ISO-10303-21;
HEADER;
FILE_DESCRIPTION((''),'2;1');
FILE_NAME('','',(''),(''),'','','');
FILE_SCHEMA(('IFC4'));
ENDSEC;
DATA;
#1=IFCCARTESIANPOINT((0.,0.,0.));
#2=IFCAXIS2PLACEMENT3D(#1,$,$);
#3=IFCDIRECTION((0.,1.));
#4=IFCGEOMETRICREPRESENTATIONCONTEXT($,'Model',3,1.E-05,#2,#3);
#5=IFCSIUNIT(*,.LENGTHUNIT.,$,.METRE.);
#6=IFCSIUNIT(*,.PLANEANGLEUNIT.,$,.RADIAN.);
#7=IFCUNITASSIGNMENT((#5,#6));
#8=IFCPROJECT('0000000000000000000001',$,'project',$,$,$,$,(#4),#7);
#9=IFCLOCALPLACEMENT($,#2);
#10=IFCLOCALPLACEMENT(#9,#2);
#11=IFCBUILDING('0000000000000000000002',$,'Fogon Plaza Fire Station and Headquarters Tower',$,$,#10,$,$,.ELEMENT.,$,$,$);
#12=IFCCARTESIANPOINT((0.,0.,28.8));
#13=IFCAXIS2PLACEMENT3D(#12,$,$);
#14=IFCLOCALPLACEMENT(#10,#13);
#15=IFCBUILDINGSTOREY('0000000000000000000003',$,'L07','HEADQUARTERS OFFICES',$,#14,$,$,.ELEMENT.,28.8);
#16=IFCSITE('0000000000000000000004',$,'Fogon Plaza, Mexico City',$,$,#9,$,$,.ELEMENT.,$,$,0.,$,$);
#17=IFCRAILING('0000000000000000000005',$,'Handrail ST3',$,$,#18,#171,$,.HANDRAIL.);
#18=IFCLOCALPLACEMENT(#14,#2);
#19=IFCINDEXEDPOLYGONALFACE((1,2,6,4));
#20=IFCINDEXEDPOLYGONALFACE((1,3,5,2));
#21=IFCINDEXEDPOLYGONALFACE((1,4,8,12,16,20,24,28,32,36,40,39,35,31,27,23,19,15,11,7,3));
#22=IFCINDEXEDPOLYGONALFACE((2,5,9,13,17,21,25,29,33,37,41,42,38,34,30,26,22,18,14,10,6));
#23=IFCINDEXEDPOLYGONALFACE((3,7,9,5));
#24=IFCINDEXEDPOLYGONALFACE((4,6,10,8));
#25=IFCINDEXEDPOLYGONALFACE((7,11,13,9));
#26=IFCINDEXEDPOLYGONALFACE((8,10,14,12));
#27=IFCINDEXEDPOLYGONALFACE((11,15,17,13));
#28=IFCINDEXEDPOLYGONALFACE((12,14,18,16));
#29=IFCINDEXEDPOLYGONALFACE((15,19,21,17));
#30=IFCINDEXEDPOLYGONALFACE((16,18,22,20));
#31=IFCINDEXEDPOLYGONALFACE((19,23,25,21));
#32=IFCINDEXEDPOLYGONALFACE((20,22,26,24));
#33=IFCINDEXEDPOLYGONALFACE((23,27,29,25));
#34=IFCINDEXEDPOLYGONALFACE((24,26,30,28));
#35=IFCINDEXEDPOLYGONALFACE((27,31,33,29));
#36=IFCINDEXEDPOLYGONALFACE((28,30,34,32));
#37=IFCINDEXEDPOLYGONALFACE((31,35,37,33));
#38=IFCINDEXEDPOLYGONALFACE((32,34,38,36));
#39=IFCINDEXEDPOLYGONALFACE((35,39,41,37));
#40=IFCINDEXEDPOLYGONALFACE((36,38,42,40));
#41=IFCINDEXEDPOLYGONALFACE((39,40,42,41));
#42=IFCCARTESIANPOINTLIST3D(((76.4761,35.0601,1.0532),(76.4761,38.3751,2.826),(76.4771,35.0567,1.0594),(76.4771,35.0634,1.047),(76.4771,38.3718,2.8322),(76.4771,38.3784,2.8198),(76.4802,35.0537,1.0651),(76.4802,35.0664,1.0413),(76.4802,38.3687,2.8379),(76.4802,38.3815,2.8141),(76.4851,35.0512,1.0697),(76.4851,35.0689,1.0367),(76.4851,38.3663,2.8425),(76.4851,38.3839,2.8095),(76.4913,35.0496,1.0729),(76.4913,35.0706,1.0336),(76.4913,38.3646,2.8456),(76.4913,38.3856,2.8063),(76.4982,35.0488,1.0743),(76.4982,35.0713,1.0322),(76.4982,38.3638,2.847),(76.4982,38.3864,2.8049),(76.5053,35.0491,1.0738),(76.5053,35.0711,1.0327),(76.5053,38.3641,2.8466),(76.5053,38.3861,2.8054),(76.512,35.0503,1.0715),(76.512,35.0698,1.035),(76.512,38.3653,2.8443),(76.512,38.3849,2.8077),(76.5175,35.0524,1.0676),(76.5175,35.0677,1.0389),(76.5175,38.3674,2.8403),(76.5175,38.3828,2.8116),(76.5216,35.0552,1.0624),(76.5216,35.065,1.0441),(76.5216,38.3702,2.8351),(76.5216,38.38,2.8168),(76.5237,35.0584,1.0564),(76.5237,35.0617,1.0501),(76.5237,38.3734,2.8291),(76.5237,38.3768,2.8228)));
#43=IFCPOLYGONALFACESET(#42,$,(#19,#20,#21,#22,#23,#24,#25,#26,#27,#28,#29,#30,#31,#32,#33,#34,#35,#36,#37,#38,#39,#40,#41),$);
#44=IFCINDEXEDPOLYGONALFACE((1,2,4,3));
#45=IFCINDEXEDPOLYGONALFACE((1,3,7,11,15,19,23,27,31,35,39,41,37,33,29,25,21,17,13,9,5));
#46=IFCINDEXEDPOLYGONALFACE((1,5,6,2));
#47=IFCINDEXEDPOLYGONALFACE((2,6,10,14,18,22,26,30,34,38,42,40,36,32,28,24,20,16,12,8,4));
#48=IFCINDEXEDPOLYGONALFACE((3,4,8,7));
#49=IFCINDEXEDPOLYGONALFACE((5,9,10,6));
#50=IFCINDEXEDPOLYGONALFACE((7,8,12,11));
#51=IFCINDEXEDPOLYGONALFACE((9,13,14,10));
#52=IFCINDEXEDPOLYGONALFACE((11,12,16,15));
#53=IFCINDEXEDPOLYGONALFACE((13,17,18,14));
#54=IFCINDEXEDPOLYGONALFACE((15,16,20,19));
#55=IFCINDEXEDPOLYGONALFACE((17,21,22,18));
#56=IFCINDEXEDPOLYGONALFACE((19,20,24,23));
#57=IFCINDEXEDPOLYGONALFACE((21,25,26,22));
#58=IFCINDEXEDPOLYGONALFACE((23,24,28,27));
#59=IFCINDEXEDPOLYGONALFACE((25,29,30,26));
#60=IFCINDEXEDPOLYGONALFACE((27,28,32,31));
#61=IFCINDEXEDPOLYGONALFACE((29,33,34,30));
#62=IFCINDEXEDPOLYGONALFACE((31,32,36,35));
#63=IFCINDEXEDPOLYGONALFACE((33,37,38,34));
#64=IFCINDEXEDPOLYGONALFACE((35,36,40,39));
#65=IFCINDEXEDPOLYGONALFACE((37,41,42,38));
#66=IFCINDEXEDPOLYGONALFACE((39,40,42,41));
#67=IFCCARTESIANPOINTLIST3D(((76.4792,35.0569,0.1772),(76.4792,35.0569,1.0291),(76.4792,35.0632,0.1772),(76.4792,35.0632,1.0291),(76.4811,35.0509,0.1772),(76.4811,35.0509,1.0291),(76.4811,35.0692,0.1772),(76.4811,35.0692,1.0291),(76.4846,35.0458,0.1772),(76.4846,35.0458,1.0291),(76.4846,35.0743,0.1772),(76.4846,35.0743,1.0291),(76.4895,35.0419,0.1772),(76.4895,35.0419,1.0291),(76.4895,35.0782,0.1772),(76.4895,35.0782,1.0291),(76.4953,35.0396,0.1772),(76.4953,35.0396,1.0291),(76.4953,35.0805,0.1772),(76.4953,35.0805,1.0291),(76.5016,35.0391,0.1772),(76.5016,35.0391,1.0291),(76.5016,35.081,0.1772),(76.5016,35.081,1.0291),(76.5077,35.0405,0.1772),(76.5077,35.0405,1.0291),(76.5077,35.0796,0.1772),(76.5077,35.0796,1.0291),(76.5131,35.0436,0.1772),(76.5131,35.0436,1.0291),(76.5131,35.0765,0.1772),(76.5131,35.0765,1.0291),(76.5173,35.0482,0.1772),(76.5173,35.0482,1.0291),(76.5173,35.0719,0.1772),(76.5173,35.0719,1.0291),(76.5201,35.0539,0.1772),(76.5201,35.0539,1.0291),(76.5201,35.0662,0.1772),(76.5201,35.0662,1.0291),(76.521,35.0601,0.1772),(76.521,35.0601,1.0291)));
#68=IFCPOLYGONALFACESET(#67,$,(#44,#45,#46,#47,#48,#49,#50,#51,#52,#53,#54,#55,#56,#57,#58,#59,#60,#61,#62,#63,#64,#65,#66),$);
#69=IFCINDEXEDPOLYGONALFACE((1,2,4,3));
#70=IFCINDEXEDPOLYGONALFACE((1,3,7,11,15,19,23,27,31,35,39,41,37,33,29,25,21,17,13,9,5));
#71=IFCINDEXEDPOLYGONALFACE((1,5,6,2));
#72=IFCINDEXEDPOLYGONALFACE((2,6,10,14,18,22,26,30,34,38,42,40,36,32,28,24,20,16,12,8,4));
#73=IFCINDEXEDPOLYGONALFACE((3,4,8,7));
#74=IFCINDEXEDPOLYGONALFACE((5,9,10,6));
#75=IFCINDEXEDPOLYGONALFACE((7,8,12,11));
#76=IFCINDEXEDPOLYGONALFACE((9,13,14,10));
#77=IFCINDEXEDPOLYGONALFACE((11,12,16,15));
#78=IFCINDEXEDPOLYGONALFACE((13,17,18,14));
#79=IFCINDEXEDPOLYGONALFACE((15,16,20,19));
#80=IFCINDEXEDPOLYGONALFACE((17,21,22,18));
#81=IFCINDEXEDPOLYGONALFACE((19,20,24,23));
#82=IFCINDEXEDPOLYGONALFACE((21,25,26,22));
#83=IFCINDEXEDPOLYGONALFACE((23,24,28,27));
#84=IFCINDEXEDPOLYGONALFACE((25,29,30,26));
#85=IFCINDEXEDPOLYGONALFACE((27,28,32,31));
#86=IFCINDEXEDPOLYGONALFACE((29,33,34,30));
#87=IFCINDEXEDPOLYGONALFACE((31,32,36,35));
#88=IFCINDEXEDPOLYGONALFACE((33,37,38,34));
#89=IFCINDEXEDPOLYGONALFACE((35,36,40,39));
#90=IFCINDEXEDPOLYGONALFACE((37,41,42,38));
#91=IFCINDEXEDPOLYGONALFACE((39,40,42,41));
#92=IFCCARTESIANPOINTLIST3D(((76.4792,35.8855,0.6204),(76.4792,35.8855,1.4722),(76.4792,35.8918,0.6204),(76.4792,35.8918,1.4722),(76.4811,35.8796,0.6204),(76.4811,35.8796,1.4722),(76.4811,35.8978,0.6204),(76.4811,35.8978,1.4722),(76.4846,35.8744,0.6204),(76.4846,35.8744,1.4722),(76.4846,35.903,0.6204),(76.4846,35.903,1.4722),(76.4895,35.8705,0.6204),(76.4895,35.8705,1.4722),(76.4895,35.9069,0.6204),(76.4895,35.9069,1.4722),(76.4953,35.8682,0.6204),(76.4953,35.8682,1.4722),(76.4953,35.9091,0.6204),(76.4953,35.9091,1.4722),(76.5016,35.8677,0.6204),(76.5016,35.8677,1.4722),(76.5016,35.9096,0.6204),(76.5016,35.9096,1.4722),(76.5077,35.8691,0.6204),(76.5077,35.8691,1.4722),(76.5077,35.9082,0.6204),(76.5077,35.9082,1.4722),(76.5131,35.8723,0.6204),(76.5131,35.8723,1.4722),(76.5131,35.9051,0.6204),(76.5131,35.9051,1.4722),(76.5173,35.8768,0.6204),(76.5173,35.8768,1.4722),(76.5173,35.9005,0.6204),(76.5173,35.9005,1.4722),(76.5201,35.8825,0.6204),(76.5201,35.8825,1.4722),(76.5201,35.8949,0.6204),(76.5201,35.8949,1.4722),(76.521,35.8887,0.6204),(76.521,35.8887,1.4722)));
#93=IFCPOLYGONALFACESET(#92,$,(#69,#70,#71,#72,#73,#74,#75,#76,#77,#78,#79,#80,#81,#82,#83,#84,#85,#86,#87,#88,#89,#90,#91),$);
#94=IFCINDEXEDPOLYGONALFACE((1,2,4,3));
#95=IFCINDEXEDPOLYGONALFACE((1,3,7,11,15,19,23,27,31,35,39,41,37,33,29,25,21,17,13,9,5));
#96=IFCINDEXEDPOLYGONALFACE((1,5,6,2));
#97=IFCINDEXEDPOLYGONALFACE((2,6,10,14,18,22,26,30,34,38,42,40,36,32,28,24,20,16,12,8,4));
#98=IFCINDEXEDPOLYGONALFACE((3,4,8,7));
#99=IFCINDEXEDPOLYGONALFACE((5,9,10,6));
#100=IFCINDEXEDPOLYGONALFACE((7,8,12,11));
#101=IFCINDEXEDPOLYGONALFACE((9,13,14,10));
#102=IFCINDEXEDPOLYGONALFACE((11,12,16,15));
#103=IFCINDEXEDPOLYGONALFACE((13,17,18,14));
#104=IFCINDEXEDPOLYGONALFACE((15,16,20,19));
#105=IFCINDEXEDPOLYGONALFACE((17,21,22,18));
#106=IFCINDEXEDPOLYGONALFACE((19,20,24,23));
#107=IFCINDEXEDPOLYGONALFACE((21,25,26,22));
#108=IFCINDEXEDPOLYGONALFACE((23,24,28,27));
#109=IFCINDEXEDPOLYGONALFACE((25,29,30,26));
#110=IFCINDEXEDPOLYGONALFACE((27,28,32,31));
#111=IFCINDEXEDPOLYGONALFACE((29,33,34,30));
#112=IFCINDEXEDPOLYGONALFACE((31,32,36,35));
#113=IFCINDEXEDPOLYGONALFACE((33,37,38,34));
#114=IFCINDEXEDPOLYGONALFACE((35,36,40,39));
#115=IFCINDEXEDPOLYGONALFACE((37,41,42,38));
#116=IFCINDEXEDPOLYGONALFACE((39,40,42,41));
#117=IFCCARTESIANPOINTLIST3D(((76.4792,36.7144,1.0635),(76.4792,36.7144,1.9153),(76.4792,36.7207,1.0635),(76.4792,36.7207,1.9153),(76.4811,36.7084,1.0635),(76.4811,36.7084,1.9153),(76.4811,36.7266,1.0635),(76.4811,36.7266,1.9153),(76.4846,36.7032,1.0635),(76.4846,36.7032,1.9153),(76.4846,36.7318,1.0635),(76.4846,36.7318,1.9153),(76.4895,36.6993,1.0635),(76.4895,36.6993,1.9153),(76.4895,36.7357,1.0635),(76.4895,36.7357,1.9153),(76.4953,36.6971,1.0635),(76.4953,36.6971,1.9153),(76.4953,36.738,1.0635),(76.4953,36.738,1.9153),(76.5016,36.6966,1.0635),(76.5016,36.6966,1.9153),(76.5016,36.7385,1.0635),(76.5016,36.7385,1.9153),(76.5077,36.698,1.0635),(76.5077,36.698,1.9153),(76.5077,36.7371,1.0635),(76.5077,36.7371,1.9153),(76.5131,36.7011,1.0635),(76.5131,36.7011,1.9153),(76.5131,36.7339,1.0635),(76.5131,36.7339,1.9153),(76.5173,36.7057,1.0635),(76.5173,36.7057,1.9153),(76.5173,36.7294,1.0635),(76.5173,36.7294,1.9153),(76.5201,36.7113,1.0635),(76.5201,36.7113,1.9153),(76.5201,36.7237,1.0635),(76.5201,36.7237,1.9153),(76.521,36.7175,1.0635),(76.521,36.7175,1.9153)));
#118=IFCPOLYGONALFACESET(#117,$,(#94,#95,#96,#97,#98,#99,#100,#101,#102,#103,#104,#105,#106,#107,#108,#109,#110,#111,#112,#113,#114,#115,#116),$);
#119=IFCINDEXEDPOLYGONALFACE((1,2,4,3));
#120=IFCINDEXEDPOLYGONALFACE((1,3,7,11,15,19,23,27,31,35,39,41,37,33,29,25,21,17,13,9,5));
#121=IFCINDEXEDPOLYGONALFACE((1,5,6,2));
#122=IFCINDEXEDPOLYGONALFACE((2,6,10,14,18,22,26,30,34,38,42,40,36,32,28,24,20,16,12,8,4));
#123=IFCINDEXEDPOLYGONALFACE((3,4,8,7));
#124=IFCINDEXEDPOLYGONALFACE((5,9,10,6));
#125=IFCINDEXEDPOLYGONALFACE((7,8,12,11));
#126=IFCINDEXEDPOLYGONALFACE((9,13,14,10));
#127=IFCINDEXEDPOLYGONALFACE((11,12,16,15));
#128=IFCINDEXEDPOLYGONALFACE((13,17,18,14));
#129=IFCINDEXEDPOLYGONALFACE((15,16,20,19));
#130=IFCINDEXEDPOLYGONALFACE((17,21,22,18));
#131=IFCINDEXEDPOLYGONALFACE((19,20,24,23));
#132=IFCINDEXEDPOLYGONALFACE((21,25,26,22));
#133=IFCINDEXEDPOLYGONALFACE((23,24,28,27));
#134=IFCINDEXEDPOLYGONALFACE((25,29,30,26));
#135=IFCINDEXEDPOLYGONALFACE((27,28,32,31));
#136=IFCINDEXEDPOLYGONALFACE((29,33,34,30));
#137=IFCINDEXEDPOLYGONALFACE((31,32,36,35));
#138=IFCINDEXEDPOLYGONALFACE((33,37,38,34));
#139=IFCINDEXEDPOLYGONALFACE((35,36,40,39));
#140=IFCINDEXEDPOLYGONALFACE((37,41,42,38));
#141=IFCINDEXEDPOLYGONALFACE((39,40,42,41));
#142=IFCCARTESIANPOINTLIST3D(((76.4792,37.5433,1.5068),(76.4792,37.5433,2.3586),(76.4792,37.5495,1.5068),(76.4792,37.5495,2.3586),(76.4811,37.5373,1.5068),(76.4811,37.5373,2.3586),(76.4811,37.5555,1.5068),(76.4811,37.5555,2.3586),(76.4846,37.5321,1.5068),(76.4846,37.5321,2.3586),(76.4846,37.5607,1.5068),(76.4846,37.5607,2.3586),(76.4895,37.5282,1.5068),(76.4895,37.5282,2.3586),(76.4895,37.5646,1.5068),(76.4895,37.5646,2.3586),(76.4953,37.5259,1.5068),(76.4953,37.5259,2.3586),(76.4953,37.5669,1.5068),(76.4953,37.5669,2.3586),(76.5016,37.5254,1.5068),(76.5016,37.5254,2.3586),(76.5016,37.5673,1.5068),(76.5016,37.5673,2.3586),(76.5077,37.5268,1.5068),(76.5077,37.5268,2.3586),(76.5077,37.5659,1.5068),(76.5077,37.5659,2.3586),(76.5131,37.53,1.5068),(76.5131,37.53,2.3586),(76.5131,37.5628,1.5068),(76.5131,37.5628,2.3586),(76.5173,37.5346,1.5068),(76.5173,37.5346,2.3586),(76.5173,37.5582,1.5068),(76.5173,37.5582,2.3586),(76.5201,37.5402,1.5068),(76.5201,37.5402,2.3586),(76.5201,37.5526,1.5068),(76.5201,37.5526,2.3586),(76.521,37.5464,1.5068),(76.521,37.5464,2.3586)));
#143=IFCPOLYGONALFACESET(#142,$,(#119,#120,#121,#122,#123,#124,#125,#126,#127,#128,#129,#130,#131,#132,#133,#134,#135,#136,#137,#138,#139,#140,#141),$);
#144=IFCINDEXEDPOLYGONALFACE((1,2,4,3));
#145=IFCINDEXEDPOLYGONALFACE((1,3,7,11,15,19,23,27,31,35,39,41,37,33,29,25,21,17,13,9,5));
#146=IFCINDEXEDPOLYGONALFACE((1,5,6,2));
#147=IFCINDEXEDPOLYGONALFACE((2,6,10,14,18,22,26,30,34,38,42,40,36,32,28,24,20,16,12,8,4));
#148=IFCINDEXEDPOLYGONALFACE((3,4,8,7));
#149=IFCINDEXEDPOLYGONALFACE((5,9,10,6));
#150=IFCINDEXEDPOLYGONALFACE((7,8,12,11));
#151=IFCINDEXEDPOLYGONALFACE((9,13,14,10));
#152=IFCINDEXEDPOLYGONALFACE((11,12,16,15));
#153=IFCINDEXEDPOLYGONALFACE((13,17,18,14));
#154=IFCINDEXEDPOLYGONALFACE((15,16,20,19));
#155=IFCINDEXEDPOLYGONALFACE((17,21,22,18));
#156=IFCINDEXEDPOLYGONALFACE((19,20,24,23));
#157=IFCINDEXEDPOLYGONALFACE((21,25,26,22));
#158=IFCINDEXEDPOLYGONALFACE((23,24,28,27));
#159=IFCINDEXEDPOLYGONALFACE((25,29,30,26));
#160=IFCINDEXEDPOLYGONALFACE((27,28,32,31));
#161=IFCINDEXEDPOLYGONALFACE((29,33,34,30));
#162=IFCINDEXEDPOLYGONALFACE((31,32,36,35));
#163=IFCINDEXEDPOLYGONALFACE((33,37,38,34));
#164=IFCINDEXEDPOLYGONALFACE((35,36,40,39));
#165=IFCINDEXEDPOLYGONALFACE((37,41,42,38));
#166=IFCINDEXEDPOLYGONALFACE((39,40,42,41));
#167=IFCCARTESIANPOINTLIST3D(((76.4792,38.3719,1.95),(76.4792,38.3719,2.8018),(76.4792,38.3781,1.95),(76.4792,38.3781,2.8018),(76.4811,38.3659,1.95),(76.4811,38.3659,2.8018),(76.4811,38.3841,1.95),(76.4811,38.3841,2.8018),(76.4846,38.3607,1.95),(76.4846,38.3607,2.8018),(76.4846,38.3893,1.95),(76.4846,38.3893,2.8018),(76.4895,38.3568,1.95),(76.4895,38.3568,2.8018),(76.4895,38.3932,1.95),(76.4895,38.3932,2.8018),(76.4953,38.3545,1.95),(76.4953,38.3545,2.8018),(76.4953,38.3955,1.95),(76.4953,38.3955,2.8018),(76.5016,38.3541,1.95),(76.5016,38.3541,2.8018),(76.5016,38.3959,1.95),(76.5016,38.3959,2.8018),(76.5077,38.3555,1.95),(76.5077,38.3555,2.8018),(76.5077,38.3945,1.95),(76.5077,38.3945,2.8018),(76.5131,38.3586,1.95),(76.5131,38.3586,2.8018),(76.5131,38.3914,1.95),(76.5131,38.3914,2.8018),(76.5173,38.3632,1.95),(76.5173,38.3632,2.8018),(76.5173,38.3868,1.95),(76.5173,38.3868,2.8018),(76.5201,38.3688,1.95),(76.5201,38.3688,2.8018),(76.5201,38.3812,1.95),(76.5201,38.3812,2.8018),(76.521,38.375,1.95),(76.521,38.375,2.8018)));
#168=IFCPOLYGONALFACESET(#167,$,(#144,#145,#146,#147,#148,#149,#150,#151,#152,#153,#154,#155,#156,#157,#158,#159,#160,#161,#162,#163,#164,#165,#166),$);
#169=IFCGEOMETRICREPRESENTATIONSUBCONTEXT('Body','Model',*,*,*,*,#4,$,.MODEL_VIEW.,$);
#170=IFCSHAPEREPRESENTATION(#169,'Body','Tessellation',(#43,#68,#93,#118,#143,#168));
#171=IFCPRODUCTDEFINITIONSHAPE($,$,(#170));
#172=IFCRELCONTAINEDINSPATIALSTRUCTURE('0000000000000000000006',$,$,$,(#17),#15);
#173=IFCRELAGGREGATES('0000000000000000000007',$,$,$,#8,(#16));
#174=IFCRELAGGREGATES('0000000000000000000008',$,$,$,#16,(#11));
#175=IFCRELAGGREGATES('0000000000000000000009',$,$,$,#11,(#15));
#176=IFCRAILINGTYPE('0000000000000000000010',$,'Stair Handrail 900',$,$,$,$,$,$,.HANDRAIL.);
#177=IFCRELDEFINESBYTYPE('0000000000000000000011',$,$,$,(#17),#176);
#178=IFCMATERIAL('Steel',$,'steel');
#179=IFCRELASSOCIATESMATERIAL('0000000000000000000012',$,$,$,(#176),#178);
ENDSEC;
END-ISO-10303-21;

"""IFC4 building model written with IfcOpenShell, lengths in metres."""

from ifc_helpers import new_model, si_unit, direction, frame, origin, origin_2d, place, context, subcontext, project, spatial, circle, extrude, material, type_object, element, save


model = new_model("IFC4")

# Units and contexts
model_context = context("Model", 3, precision=1e-05, world=origin(), true_north=direction((0.0, 1.0)))
body_context = subcontext(model_context, "Body", "Model", "MODEL_VIEW")
ifc_project = project(units=[si_unit("LENGTHUNIT", "METRE"), si_unit("PLANEANGLEUNIT", "RADIAN")], contexts=[model_context])

# Site, building, storey
site_placement = place(None, origin())
site = spatial("IfcSite", under=ifc_project, at=site_placement, Name="Fogon Plaza, Mexico City", CompositionType="ELEMENT", RefElevation=0.0)
building_placement = place(site_placement, origin())
building = spatial("IfcBuilding", under=site, at=building_placement, Name="Fogon Plaza Fire Station and Headquarters Tower", CompositionType="ELEMENT")
storey_placement = place(building_placement, frame((0.0, 0.0, 28.8)))
storey = spatial("IfcBuildingStorey", under=building, at=storey_placement, Name="L07", Description="HEADQUARTERS OFFICES", CompositionType="ELEMENT", Elevation=28.8)

# Railing
ifc_material_1 = material(Name="Steel", Category="steel")
railing_type = type_object("IfcRailingType", Name="Stair Handrail 900", PredefinedType="HANDRAIL", material=ifc_material_1)
for number, where, name in (
    (1, (76.5, 35.0601, 0.1772), "Handrail ST3"),
):
    element("IfcRailing", number, at=place(storey_placement, frame(where)), inside=storey, type_object=railing_type, Name=name, PredefinedType="HANDRAIL", context=body_context, shape_type="SweptSolid", body=[
        extrude(circle(Radius=0.0239, at=origin_2d()), frame((0.0, 0.0, 0.876), z_axis=(0.0, 0.881829, 0.471569), x_axis=(-1.0, 0.0, 0.0)), (0.0, 0.0, 1.0), 3.7593),
        extrude(circle(Radius=0.021, at=origin_2d()), origin(), (0.0, 0.0, 1.0), 0.8518),
        extrude(circle(Radius=0.021, at=origin_2d()), frame((0.0, 0.8286, 0.4431)), (0.0, 0.0, 1.0), 0.8518),
        extrude(circle(Radius=0.021, at=origin_2d()), frame((0.0, 1.6575, 0.8862)), (0.0, 0.0, 1.0), 0.8518),
        extrude(circle(Radius=0.021, at=origin_2d()), frame((0.0, 2.4863, 1.3296)), (0.0, 0.0, 1.0), 0.8518),
        extrude(circle(Radius=0.021, at=origin_2d()), frame((0.0, 3.3149, 1.7727)), (0.0, 0.0, 1.0), 0.8518),
    ])

save(model, "model.ifc")
